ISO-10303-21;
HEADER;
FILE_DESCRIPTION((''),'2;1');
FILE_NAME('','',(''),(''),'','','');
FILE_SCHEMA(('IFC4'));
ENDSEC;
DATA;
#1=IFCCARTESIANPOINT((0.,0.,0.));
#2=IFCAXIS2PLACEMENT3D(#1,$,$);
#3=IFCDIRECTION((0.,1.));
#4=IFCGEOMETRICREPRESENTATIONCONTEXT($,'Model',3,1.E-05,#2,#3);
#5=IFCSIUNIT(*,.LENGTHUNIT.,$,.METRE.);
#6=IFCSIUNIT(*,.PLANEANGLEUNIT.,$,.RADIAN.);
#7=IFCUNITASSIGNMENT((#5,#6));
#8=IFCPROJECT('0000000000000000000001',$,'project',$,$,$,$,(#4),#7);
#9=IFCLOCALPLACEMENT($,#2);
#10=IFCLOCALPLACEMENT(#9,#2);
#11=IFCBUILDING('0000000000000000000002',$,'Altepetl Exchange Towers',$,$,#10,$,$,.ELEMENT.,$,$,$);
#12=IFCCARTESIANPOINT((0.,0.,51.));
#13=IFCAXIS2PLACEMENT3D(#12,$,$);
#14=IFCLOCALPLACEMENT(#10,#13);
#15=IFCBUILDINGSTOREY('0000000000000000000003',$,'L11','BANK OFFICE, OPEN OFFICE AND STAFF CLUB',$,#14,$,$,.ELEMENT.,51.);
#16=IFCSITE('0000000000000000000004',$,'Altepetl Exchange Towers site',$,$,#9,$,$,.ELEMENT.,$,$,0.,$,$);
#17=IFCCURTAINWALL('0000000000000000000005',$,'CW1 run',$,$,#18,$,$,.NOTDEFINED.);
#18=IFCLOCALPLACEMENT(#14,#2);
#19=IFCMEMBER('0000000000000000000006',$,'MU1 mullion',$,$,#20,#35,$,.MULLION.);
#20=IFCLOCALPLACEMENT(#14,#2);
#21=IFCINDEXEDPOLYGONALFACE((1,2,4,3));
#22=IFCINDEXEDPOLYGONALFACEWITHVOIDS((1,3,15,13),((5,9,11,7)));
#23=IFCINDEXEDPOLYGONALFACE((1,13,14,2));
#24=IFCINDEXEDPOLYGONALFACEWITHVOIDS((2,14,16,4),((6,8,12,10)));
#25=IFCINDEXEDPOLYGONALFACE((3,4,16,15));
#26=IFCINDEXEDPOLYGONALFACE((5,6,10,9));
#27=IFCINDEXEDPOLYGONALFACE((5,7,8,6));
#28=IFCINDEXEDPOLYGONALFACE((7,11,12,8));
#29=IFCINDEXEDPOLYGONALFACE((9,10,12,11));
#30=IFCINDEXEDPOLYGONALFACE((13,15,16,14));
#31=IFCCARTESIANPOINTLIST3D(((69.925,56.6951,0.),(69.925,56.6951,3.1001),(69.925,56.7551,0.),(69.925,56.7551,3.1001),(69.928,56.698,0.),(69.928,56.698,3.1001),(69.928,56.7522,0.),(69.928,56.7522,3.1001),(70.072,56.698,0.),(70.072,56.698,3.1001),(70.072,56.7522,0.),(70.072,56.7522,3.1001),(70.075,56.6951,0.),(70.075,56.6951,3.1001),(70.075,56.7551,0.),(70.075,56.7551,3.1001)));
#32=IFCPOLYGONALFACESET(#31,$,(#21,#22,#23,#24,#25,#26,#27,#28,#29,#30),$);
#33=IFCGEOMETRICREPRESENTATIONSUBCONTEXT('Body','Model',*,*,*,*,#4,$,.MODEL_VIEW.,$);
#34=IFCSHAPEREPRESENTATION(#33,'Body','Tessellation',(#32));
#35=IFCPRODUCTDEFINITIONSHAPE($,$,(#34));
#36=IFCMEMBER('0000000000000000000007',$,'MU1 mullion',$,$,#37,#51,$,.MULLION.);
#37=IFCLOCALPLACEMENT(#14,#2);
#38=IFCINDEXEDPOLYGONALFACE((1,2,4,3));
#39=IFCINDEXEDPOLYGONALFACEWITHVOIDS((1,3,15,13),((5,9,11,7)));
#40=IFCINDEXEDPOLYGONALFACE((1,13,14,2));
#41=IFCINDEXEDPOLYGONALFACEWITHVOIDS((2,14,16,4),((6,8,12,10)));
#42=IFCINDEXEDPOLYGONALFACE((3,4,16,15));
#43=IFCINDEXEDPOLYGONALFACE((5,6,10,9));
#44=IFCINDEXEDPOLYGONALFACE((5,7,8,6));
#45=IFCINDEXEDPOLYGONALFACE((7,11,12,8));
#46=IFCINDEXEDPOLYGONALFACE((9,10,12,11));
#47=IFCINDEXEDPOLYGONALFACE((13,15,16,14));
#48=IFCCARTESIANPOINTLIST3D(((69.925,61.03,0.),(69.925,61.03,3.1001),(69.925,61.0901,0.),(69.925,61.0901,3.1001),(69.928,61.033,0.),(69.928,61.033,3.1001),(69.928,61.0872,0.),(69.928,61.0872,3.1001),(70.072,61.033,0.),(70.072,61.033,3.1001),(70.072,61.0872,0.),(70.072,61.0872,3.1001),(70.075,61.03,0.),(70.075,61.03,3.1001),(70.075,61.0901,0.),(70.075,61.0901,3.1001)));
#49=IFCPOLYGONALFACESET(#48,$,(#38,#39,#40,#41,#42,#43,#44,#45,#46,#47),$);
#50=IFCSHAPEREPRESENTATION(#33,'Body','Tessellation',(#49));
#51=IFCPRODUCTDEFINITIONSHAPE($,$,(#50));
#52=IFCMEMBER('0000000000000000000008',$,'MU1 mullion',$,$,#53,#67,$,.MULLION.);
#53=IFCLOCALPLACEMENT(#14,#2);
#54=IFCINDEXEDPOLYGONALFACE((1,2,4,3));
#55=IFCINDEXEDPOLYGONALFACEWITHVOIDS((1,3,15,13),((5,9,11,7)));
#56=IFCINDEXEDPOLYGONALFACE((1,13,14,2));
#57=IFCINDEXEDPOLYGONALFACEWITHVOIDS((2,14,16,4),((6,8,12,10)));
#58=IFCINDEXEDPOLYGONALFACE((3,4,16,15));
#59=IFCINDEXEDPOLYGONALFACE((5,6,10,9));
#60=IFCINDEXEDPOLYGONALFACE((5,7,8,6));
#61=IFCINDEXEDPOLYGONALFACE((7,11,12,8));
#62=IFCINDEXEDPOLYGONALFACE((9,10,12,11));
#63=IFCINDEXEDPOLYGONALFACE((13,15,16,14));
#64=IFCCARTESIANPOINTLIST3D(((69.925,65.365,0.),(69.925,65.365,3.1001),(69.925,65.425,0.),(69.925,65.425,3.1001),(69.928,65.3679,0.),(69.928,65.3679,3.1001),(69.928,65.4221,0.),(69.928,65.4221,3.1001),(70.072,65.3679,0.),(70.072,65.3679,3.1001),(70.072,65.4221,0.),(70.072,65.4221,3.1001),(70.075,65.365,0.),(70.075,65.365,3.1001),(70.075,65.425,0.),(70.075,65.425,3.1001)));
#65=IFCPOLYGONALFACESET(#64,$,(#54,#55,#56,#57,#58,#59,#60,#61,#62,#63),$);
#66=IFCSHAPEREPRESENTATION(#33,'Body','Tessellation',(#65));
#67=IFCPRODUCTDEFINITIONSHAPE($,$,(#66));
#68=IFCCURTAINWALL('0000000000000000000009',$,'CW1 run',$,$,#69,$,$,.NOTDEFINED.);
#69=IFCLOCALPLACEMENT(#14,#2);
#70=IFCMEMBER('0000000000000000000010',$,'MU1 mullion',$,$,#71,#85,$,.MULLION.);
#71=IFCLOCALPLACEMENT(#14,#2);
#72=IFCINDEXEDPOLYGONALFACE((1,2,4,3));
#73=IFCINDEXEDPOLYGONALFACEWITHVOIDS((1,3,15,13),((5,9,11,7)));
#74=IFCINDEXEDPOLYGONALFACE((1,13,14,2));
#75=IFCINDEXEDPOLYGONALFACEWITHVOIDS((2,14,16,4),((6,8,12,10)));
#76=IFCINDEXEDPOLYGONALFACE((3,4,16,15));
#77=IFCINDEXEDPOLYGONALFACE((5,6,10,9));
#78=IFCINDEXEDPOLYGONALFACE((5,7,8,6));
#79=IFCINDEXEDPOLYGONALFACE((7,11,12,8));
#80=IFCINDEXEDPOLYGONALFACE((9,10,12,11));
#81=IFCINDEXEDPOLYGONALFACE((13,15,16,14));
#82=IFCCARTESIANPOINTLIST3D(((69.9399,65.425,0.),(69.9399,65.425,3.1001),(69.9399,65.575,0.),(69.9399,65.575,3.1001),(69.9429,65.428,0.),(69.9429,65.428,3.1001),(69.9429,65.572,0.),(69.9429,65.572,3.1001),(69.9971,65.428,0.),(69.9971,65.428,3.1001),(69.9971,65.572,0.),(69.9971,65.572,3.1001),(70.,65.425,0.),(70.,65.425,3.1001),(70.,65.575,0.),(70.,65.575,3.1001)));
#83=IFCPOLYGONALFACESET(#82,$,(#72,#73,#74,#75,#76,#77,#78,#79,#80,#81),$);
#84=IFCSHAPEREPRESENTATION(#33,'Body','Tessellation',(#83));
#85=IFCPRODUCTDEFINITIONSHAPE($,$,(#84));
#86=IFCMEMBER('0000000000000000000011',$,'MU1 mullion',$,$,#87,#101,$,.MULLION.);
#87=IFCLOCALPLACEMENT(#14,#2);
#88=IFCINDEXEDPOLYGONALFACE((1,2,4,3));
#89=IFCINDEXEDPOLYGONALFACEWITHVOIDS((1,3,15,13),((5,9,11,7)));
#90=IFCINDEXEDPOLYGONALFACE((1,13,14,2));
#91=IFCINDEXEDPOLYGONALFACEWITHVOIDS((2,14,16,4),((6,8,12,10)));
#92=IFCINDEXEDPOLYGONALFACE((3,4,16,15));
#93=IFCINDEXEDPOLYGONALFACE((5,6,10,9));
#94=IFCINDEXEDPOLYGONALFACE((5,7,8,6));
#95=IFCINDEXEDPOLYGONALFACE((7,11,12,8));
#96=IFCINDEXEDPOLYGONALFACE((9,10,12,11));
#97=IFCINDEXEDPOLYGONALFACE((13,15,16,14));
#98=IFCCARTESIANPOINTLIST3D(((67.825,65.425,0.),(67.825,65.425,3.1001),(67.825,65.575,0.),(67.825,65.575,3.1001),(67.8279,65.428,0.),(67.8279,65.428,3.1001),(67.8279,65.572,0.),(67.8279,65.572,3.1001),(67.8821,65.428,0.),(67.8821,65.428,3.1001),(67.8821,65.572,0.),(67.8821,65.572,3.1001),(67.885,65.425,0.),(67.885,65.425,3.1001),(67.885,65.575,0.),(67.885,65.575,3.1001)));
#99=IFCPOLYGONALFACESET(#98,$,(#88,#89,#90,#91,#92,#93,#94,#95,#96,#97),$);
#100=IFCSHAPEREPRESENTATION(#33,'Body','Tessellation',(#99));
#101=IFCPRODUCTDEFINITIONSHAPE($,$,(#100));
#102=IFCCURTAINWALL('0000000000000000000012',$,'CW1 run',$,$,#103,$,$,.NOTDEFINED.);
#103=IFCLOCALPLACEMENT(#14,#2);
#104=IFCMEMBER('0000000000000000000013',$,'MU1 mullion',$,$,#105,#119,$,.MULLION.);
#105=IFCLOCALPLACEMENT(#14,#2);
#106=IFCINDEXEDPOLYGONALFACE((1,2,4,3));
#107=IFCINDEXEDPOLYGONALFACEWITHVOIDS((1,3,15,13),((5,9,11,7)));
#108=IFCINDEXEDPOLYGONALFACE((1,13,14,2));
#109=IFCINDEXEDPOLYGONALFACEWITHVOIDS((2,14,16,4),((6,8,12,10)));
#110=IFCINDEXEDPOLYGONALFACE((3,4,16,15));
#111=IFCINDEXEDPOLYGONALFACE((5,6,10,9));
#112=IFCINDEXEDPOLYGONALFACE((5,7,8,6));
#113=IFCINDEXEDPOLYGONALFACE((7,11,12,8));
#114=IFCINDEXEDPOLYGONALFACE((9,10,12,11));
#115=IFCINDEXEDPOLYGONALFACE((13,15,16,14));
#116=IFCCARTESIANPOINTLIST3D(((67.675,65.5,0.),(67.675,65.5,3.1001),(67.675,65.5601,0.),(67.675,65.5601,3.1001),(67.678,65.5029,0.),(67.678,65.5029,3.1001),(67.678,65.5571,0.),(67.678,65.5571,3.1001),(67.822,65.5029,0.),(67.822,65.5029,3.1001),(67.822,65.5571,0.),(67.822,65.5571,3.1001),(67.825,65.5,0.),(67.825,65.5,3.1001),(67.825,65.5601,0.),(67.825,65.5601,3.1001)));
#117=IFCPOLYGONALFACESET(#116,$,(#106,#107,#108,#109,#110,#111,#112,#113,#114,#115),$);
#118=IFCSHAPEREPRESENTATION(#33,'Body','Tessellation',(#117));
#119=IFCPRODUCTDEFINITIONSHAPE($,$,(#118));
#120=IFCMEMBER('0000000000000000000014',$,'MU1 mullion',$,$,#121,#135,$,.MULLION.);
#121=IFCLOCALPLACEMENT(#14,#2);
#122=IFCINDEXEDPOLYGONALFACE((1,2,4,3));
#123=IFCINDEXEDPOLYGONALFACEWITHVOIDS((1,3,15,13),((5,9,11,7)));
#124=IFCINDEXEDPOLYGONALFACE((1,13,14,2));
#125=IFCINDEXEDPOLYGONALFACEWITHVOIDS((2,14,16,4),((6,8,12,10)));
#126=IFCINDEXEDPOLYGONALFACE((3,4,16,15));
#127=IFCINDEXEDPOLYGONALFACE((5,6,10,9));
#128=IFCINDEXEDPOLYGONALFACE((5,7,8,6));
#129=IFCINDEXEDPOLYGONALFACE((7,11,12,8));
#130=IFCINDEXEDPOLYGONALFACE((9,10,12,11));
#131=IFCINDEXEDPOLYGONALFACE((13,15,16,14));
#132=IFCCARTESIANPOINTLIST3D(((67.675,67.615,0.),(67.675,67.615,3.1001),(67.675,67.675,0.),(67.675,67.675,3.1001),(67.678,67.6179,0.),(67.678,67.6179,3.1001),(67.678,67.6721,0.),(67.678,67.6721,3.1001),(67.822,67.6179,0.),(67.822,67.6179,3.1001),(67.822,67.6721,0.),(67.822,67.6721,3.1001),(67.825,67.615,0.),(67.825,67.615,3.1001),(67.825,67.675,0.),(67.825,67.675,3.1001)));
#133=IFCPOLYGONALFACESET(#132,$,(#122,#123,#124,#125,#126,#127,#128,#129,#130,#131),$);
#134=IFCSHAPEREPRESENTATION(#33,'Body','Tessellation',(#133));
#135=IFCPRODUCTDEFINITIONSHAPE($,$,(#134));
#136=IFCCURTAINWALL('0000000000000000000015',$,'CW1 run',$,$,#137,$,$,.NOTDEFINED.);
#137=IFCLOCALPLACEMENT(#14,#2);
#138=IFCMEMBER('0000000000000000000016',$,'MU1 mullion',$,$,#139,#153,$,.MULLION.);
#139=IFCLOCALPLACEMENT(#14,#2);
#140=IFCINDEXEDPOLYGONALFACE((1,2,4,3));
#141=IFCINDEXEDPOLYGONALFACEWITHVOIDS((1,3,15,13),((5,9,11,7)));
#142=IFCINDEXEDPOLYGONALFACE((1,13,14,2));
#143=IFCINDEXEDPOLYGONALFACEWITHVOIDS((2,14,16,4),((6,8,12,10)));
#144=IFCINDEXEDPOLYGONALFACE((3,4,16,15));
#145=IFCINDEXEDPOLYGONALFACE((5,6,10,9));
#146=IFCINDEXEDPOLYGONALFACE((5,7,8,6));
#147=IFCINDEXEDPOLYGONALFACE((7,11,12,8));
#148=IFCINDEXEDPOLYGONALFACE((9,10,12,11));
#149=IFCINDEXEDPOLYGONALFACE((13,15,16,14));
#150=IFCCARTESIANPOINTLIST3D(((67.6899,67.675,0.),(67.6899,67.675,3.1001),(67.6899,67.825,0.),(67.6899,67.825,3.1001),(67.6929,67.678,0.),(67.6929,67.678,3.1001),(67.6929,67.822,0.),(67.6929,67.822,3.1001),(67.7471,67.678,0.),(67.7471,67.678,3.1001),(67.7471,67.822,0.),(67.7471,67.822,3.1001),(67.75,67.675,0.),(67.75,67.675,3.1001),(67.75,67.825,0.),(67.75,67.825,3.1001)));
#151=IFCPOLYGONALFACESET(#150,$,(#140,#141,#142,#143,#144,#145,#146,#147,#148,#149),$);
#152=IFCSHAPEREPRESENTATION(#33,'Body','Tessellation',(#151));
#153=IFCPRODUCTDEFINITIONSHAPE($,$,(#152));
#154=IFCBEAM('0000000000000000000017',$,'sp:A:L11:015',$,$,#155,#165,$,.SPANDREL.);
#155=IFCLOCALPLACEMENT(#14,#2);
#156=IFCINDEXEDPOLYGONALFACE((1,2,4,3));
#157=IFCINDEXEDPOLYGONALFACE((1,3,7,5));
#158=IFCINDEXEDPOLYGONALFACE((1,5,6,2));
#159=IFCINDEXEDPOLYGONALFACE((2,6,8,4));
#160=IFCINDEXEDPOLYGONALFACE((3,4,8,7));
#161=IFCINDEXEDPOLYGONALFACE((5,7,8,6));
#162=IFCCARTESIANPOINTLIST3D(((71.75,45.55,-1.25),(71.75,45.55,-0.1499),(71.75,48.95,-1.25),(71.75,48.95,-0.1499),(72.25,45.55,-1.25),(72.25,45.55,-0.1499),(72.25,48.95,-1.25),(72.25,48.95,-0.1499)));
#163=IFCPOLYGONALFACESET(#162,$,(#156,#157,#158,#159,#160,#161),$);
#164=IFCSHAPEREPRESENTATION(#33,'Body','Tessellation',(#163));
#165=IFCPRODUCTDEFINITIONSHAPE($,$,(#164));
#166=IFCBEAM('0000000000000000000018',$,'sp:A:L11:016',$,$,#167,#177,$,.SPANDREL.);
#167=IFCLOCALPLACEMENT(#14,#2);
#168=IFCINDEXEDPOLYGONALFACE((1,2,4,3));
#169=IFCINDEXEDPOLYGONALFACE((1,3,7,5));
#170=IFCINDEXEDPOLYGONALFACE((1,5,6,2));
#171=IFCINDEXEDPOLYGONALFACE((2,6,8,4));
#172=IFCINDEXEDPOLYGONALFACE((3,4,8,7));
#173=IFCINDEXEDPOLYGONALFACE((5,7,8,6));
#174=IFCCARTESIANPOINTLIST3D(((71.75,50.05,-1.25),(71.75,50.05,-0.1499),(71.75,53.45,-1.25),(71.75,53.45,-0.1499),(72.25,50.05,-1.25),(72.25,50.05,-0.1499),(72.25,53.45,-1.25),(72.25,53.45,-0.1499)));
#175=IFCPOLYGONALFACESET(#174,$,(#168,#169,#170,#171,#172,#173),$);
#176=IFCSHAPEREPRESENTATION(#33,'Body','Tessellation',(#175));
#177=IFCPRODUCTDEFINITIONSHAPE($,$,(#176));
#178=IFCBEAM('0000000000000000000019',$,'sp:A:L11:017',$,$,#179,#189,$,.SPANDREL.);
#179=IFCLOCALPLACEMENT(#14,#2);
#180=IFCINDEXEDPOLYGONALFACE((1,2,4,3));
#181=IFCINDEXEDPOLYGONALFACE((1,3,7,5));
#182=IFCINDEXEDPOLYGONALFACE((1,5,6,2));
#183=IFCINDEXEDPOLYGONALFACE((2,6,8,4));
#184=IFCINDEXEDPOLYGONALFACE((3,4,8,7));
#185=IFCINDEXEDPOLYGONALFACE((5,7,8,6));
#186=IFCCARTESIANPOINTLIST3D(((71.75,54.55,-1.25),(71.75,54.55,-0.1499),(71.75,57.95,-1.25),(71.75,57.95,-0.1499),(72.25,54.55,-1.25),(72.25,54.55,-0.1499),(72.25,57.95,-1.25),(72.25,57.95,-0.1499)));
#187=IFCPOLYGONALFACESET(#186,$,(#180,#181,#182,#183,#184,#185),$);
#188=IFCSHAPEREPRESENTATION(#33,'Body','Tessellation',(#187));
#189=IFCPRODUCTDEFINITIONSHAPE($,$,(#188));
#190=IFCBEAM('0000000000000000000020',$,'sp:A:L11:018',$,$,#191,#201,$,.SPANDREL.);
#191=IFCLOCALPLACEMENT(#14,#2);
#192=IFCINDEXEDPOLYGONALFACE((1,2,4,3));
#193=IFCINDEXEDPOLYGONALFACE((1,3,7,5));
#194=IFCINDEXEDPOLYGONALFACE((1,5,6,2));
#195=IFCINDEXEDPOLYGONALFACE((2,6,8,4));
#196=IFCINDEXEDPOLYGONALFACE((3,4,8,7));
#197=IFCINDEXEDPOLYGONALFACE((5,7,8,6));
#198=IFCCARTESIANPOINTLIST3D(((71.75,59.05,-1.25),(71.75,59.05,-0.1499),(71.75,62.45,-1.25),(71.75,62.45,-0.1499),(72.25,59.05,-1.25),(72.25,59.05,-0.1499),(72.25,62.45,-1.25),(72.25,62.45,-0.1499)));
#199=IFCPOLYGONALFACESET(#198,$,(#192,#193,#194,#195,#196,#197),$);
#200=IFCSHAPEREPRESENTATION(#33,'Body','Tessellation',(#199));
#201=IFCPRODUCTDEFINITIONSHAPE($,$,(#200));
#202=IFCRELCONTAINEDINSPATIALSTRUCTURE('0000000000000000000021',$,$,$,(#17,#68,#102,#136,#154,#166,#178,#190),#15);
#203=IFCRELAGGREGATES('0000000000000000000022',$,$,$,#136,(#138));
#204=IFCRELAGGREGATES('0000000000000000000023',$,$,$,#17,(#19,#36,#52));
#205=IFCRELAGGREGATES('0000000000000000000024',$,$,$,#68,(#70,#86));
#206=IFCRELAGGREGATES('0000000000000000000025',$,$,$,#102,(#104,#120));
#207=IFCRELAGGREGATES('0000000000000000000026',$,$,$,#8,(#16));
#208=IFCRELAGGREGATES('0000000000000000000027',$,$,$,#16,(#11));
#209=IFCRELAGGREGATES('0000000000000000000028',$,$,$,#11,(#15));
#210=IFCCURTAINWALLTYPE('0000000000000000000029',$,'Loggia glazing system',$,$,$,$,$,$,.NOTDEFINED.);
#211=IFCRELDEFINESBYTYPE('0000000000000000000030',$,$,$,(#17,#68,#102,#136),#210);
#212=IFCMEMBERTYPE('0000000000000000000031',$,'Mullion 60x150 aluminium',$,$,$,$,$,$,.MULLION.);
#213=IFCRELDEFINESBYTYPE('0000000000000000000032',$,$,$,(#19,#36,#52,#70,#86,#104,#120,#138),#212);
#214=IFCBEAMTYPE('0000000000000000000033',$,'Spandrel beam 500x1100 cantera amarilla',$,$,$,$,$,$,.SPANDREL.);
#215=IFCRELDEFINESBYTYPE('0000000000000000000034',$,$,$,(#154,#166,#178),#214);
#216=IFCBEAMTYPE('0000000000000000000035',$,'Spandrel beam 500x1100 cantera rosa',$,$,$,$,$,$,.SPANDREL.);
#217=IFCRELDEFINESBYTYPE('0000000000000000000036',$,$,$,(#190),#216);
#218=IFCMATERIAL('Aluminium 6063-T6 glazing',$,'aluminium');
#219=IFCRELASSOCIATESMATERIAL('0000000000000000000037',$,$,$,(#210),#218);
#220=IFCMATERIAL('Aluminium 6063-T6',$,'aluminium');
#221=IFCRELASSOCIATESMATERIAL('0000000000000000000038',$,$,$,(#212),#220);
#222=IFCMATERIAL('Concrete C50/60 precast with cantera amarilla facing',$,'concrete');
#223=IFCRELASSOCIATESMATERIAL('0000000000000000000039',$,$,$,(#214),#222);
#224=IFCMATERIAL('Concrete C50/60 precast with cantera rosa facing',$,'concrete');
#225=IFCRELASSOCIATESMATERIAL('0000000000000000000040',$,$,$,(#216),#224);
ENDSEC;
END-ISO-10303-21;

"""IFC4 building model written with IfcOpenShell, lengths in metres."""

from ifc_helpers import new_model, si_unit, direction, frame, origin, origin_2d, place, context, subcontext, project, spatial, rectangle, hollow_rectangle, extrude, material, material_profile, profile_set, type_object, element, aggregate, save


model = new_model("IFC4")

# Units and contexts
model_context = context("Model", 3, precision=1e-05, world=origin(), true_north=direction((0.0, 1.0)))
body_context = subcontext(model_context, "Body", "Model", "MODEL_VIEW")
ifc_project = project(units=[si_unit("LENGTHUNIT", "METRE"), si_unit("PLANEANGLEUNIT", "RADIAN")], contexts=[model_context])

# Site, building, storey
site_placement = place(None, origin())
site = spatial("IfcSite", under=ifc_project, at=site_placement, Name="Altepetl Exchange Towers site", CompositionType="ELEMENT", RefElevation=0.0)
building_placement = place(site_placement, origin())
building = spatial("IfcBuilding", under=site, at=building_placement, Name="Altepetl Exchange Towers", CompositionType="ELEMENT")
storey_placement = place(building_placement, frame((0.0, 0.0, 51.0)))
storey = spatial("IfcBuildingStorey", under=building, at=storey_placement, Name="L11", Description="BANK OFFICE, OPEN OFFICE AND STAFF CLUB", CompositionType="ELEMENT", Elevation=51.0)

# Curtain walls, members
ifc_material_1 = material(Name="Aluminium 6063-T6 glazing", Category="aluminium")
curtain_wall_type = type_object("IfcCurtainWallType", Name="Loggia glazing system", PredefinedType="NOTDEFINED", material=ifc_material_1)
ifc_material_2 = material(Name="Aluminium 6063-T6", Category="aluminium")
ifc_material_profile_1 = material_profile(ifc_material_2, hollow_rectangle(XDim=0.0601, YDim=0.1499, WallThickness=0.0029, at=origin_2d()), Name="Mullion 60x150 aluminium")
ifc_profile_set_1 = profile_set([ifc_material_profile_1], Name="Aluminium 6063-T6")
member_type = type_object("IfcMemberType", Name="Mullion 60x150 aluminium", PredefinedType="MULLION", material=ifc_profile_set_1)
curtain_wall_1_placement = place(storey_placement, origin())
curtain_wall_1 = element("IfcCurtainWall", 1, at=curtain_wall_1_placement, inside=storey, type_object=curtain_wall_type, Name="CW1 run", PredefinedType="NOTDEFINED")
member_1_placement = place(storey_placement, frame((70.0, 56.7251, 0.0), z_axis=(0.0, 0.0, 1.0), x_axis=(0.0, 1.0, 0.0)))
member_1 = element("IfcMember", 2, at=member_1_placement, type_object=member_type, Name="MU1 mullion", PredefinedType="MULLION", context=body_context, shape_type="SweptSolid", body=[
    extrude(hollow_rectangle(XDim=0.0601, YDim=0.1499, WallThickness=0.0029, at=origin_2d()), origin(), (0.0, 0.0, 1.0), 3.1001),
])
member_2_placement = place(storey_placement, frame((70.0, 61.0601, 0.0), z_axis=(0.0, 0.0, 1.0), x_axis=(0.0, 1.0, 0.0)))
member_2 = element("IfcMember", 3, at=member_2_placement, type_object=member_type, Name="MU1 mullion", PredefinedType="MULLION", context=body_context, shape_type="SweptSolid", body=[
    extrude(hollow_rectangle(XDim=0.0601, YDim=0.1499, WallThickness=0.0029, at=origin_2d()), origin(), (0.0, 0.0, 1.0), 3.1001),
])
member_3_placement = place(storey_placement, frame((70.0, 65.395, 0.0), z_axis=(0.0, 0.0, 1.0), x_axis=(0.0, 1.0, 0.0)))
member_3 = element("IfcMember", 4, at=member_3_placement, type_object=member_type, Name="MU1 mullion", PredefinedType="MULLION", context=body_context, shape_type="SweptSolid", body=[
    extrude(hollow_rectangle(XDim=0.0601, YDim=0.1499, WallThickness=0.0029, at=origin_2d()), origin(), (0.0, 0.0, 1.0), 3.1001),
])
curtain_wall_2_placement = place(storey_placement, origin())
curtain_wall_2 = element("IfcCurtainWall", 5, at=curtain_wall_2_placement, inside=storey, type_object=curtain_wall_type, Name="CW1 run", PredefinedType="NOTDEFINED")
member_4_placement = place(storey_placement, frame((69.97, 65.5, 0.0), z_axis=(0.0, 0.0, 1.0), x_axis=(-1.0, 0.0, 0.0)))
member_4 = element("IfcMember", 6, at=member_4_placement, type_object=member_type, Name="MU1 mullion", PredefinedType="MULLION", context=body_context, shape_type="SweptSolid", body=[
    extrude(hollow_rectangle(XDim=0.0601, YDim=0.1499, WallThickness=0.0029, at=origin_2d()), origin(), (0.0, 0.0, 1.0), 3.1001),
])
member_5_placement = place(storey_placement, frame((67.855, 65.5, 0.0), z_axis=(0.0, 0.0, 1.0), x_axis=(-1.0, 0.0, 0.0)))
member_5 = element("IfcMember", 7, at=member_5_placement, type_object=member_type, Name="MU1 mullion", PredefinedType="MULLION", context=body_context, shape_type="SweptSolid", body=[
    extrude(hollow_rectangle(XDim=0.0601, YDim=0.1499, WallThickness=0.0029, at=origin_2d()), origin(), (0.0, 0.0, 1.0), 3.1001),
])
curtain_wall_3_placement = place(storey_placement, origin())
curtain_wall_3 = element("IfcCurtainWall", 8, at=curtain_wall_3_placement, inside=storey, type_object=curtain_wall_type, Name="CW1 run", PredefinedType="NOTDEFINED")
member_6_placement = place(storey_placement, frame((67.75, 65.53, 0.0), z_axis=(0.0, 0.0, 1.0), x_axis=(0.0, 1.0, 0.0)))
member_6 = element("IfcMember", 9, at=member_6_placement, type_object=member_type, Name="MU1 mullion", PredefinedType="MULLION", context=body_context, shape_type="SweptSolid", body=[
    extrude(hollow_rectangle(XDim=0.0601, YDim=0.1499, WallThickness=0.0029, at=origin_2d()), origin(), (0.0, 0.0, 1.0), 3.1001),
])
member_7_placement = place(storey_placement, frame((67.75, 67.645, 0.0), z_axis=(0.0, 0.0, 1.0), x_axis=(0.0, 1.0, 0.0)))
member_7 = element("IfcMember", 10, at=member_7_placement, type_object=member_type, Name="MU1 mullion", PredefinedType="MULLION", context=body_context, shape_type="SweptSolid", body=[
    extrude(hollow_rectangle(XDim=0.0601, YDim=0.1499, WallThickness=0.0029, at=origin_2d()), origin(), (0.0, 0.0, 1.0), 3.1001),
])

# Curtain wall, member
curtain_wall_4_placement = place(storey_placement, origin())
curtain_wall_4 = element("IfcCurtainWall", 11, at=curtain_wall_4_placement, inside=storey, type_object=curtain_wall_type, Name="CW1 run", PredefinedType="NOTDEFINED")
member_8_placement = place(storey_placement, frame((67.72, 67.75, 0.0), z_axis=(0.0, 0.0, 1.0), x_axis=(-1.0, 0.0, 0.0)))
member_8 = element("IfcMember", 12, at=member_8_placement, type_object=member_type, Name="MU1 mullion", PredefinedType="MULLION", context=body_context, shape_type="SweptSolid", body=[
    extrude(hollow_rectangle(XDim=0.0601, YDim=0.1499, WallThickness=0.0029, at=origin_2d()), origin(), (0.0, 0.0, 1.0), 3.1001),
])
aggregate(curtain_wall_4, [member_8])

# Beams
ifc_material_3 = material(Name="Concrete C50/60 precast with cantera amarilla facing", Category="concrete")
ifc_material_profile_2 = material_profile(ifc_material_3, rectangle(XDim=0.5, YDim=1.1001, at=origin_2d()), Name="500 x 1100")
ifc_profile_set_2 = profile_set([ifc_material_profile_2], Name="Concrete C50/60 precast with cantera amarilla facing")
beam_type_1 = type_object("IfcBeamType", Name="Spandrel beam 500x1100 cantera amarilla", PredefinedType="SPANDREL", material=ifc_profile_set_2)
for number, where, z_axis, x_axis, name in (
    (13, (72.0, 45.55, -0.7), (0.0, 1.0, 0.0), (-1.0, 0.0, 0.0), "sp:A:L11:015"),
    (14, (72.0, 50.05, -0.7), (0.0, 1.0, 0.0), (-1.0, 0.0, 0.0), "sp:A:L11:016"),
    (15, (72.0, 54.55, -0.7), (0.0, 1.0, 0.0), (-1.0, 0.0, 0.0), "sp:A:L11:017"),
):
    element("IfcBeam", number, at=place(storey_placement, frame(where, z_axis=z_axis, x_axis=x_axis)), inside=storey, type_object=beam_type_1, Name=name, PredefinedType="SPANDREL", context=body_context, shape_type="SweptSolid", body=[
        extrude(rectangle(XDim=0.5, YDim=1.1001, at=origin_2d()), origin(), (0.0, 0.0, 1.0), 3.3999),
    ])
ifc_material_4 = material(Name="Concrete C50/60 precast with cantera rosa facing", Category="concrete")
ifc_material_profile_3 = material_profile(ifc_material_4, rectangle(XDim=0.5, YDim=1.1001, at=origin_2d()), Name="500 x 1100")
ifc_profile_set_3 = profile_set([ifc_material_profile_3], Name="Concrete C50/60 precast with cantera rosa facing")
beam_type_2 = type_object("IfcBeamType", Name="Spandrel beam 500x1100 cantera rosa", PredefinedType="SPANDREL", material=ifc_profile_set_3)
for number, where, z_axis, x_axis, name in (
    (16, (72.0, 59.05, -0.7), (0.0, 1.0, 0.0), (-1.0, 0.0, 0.0), "sp:A:L11:018"),
):
    element("IfcBeam", number, at=place(storey_placement, frame(where, z_axis=z_axis, x_axis=x_axis)), inside=storey, type_object=beam_type_2, Name=name, PredefinedType="SPANDREL", context=body_context, shape_type="SweptSolid", body=[
        extrude(rectangle(XDim=0.5, YDim=1.1001, at=origin_2d()), origin(), (0.0, 0.0, 1.0), 3.3999),
    ])

aggregate(curtain_wall_1, [member_1, member_2, member_3])
aggregate(curtain_wall_2, [member_4, member_5])
aggregate(curtain_wall_3, [member_6, member_7])

save(model, "model.ifc")
